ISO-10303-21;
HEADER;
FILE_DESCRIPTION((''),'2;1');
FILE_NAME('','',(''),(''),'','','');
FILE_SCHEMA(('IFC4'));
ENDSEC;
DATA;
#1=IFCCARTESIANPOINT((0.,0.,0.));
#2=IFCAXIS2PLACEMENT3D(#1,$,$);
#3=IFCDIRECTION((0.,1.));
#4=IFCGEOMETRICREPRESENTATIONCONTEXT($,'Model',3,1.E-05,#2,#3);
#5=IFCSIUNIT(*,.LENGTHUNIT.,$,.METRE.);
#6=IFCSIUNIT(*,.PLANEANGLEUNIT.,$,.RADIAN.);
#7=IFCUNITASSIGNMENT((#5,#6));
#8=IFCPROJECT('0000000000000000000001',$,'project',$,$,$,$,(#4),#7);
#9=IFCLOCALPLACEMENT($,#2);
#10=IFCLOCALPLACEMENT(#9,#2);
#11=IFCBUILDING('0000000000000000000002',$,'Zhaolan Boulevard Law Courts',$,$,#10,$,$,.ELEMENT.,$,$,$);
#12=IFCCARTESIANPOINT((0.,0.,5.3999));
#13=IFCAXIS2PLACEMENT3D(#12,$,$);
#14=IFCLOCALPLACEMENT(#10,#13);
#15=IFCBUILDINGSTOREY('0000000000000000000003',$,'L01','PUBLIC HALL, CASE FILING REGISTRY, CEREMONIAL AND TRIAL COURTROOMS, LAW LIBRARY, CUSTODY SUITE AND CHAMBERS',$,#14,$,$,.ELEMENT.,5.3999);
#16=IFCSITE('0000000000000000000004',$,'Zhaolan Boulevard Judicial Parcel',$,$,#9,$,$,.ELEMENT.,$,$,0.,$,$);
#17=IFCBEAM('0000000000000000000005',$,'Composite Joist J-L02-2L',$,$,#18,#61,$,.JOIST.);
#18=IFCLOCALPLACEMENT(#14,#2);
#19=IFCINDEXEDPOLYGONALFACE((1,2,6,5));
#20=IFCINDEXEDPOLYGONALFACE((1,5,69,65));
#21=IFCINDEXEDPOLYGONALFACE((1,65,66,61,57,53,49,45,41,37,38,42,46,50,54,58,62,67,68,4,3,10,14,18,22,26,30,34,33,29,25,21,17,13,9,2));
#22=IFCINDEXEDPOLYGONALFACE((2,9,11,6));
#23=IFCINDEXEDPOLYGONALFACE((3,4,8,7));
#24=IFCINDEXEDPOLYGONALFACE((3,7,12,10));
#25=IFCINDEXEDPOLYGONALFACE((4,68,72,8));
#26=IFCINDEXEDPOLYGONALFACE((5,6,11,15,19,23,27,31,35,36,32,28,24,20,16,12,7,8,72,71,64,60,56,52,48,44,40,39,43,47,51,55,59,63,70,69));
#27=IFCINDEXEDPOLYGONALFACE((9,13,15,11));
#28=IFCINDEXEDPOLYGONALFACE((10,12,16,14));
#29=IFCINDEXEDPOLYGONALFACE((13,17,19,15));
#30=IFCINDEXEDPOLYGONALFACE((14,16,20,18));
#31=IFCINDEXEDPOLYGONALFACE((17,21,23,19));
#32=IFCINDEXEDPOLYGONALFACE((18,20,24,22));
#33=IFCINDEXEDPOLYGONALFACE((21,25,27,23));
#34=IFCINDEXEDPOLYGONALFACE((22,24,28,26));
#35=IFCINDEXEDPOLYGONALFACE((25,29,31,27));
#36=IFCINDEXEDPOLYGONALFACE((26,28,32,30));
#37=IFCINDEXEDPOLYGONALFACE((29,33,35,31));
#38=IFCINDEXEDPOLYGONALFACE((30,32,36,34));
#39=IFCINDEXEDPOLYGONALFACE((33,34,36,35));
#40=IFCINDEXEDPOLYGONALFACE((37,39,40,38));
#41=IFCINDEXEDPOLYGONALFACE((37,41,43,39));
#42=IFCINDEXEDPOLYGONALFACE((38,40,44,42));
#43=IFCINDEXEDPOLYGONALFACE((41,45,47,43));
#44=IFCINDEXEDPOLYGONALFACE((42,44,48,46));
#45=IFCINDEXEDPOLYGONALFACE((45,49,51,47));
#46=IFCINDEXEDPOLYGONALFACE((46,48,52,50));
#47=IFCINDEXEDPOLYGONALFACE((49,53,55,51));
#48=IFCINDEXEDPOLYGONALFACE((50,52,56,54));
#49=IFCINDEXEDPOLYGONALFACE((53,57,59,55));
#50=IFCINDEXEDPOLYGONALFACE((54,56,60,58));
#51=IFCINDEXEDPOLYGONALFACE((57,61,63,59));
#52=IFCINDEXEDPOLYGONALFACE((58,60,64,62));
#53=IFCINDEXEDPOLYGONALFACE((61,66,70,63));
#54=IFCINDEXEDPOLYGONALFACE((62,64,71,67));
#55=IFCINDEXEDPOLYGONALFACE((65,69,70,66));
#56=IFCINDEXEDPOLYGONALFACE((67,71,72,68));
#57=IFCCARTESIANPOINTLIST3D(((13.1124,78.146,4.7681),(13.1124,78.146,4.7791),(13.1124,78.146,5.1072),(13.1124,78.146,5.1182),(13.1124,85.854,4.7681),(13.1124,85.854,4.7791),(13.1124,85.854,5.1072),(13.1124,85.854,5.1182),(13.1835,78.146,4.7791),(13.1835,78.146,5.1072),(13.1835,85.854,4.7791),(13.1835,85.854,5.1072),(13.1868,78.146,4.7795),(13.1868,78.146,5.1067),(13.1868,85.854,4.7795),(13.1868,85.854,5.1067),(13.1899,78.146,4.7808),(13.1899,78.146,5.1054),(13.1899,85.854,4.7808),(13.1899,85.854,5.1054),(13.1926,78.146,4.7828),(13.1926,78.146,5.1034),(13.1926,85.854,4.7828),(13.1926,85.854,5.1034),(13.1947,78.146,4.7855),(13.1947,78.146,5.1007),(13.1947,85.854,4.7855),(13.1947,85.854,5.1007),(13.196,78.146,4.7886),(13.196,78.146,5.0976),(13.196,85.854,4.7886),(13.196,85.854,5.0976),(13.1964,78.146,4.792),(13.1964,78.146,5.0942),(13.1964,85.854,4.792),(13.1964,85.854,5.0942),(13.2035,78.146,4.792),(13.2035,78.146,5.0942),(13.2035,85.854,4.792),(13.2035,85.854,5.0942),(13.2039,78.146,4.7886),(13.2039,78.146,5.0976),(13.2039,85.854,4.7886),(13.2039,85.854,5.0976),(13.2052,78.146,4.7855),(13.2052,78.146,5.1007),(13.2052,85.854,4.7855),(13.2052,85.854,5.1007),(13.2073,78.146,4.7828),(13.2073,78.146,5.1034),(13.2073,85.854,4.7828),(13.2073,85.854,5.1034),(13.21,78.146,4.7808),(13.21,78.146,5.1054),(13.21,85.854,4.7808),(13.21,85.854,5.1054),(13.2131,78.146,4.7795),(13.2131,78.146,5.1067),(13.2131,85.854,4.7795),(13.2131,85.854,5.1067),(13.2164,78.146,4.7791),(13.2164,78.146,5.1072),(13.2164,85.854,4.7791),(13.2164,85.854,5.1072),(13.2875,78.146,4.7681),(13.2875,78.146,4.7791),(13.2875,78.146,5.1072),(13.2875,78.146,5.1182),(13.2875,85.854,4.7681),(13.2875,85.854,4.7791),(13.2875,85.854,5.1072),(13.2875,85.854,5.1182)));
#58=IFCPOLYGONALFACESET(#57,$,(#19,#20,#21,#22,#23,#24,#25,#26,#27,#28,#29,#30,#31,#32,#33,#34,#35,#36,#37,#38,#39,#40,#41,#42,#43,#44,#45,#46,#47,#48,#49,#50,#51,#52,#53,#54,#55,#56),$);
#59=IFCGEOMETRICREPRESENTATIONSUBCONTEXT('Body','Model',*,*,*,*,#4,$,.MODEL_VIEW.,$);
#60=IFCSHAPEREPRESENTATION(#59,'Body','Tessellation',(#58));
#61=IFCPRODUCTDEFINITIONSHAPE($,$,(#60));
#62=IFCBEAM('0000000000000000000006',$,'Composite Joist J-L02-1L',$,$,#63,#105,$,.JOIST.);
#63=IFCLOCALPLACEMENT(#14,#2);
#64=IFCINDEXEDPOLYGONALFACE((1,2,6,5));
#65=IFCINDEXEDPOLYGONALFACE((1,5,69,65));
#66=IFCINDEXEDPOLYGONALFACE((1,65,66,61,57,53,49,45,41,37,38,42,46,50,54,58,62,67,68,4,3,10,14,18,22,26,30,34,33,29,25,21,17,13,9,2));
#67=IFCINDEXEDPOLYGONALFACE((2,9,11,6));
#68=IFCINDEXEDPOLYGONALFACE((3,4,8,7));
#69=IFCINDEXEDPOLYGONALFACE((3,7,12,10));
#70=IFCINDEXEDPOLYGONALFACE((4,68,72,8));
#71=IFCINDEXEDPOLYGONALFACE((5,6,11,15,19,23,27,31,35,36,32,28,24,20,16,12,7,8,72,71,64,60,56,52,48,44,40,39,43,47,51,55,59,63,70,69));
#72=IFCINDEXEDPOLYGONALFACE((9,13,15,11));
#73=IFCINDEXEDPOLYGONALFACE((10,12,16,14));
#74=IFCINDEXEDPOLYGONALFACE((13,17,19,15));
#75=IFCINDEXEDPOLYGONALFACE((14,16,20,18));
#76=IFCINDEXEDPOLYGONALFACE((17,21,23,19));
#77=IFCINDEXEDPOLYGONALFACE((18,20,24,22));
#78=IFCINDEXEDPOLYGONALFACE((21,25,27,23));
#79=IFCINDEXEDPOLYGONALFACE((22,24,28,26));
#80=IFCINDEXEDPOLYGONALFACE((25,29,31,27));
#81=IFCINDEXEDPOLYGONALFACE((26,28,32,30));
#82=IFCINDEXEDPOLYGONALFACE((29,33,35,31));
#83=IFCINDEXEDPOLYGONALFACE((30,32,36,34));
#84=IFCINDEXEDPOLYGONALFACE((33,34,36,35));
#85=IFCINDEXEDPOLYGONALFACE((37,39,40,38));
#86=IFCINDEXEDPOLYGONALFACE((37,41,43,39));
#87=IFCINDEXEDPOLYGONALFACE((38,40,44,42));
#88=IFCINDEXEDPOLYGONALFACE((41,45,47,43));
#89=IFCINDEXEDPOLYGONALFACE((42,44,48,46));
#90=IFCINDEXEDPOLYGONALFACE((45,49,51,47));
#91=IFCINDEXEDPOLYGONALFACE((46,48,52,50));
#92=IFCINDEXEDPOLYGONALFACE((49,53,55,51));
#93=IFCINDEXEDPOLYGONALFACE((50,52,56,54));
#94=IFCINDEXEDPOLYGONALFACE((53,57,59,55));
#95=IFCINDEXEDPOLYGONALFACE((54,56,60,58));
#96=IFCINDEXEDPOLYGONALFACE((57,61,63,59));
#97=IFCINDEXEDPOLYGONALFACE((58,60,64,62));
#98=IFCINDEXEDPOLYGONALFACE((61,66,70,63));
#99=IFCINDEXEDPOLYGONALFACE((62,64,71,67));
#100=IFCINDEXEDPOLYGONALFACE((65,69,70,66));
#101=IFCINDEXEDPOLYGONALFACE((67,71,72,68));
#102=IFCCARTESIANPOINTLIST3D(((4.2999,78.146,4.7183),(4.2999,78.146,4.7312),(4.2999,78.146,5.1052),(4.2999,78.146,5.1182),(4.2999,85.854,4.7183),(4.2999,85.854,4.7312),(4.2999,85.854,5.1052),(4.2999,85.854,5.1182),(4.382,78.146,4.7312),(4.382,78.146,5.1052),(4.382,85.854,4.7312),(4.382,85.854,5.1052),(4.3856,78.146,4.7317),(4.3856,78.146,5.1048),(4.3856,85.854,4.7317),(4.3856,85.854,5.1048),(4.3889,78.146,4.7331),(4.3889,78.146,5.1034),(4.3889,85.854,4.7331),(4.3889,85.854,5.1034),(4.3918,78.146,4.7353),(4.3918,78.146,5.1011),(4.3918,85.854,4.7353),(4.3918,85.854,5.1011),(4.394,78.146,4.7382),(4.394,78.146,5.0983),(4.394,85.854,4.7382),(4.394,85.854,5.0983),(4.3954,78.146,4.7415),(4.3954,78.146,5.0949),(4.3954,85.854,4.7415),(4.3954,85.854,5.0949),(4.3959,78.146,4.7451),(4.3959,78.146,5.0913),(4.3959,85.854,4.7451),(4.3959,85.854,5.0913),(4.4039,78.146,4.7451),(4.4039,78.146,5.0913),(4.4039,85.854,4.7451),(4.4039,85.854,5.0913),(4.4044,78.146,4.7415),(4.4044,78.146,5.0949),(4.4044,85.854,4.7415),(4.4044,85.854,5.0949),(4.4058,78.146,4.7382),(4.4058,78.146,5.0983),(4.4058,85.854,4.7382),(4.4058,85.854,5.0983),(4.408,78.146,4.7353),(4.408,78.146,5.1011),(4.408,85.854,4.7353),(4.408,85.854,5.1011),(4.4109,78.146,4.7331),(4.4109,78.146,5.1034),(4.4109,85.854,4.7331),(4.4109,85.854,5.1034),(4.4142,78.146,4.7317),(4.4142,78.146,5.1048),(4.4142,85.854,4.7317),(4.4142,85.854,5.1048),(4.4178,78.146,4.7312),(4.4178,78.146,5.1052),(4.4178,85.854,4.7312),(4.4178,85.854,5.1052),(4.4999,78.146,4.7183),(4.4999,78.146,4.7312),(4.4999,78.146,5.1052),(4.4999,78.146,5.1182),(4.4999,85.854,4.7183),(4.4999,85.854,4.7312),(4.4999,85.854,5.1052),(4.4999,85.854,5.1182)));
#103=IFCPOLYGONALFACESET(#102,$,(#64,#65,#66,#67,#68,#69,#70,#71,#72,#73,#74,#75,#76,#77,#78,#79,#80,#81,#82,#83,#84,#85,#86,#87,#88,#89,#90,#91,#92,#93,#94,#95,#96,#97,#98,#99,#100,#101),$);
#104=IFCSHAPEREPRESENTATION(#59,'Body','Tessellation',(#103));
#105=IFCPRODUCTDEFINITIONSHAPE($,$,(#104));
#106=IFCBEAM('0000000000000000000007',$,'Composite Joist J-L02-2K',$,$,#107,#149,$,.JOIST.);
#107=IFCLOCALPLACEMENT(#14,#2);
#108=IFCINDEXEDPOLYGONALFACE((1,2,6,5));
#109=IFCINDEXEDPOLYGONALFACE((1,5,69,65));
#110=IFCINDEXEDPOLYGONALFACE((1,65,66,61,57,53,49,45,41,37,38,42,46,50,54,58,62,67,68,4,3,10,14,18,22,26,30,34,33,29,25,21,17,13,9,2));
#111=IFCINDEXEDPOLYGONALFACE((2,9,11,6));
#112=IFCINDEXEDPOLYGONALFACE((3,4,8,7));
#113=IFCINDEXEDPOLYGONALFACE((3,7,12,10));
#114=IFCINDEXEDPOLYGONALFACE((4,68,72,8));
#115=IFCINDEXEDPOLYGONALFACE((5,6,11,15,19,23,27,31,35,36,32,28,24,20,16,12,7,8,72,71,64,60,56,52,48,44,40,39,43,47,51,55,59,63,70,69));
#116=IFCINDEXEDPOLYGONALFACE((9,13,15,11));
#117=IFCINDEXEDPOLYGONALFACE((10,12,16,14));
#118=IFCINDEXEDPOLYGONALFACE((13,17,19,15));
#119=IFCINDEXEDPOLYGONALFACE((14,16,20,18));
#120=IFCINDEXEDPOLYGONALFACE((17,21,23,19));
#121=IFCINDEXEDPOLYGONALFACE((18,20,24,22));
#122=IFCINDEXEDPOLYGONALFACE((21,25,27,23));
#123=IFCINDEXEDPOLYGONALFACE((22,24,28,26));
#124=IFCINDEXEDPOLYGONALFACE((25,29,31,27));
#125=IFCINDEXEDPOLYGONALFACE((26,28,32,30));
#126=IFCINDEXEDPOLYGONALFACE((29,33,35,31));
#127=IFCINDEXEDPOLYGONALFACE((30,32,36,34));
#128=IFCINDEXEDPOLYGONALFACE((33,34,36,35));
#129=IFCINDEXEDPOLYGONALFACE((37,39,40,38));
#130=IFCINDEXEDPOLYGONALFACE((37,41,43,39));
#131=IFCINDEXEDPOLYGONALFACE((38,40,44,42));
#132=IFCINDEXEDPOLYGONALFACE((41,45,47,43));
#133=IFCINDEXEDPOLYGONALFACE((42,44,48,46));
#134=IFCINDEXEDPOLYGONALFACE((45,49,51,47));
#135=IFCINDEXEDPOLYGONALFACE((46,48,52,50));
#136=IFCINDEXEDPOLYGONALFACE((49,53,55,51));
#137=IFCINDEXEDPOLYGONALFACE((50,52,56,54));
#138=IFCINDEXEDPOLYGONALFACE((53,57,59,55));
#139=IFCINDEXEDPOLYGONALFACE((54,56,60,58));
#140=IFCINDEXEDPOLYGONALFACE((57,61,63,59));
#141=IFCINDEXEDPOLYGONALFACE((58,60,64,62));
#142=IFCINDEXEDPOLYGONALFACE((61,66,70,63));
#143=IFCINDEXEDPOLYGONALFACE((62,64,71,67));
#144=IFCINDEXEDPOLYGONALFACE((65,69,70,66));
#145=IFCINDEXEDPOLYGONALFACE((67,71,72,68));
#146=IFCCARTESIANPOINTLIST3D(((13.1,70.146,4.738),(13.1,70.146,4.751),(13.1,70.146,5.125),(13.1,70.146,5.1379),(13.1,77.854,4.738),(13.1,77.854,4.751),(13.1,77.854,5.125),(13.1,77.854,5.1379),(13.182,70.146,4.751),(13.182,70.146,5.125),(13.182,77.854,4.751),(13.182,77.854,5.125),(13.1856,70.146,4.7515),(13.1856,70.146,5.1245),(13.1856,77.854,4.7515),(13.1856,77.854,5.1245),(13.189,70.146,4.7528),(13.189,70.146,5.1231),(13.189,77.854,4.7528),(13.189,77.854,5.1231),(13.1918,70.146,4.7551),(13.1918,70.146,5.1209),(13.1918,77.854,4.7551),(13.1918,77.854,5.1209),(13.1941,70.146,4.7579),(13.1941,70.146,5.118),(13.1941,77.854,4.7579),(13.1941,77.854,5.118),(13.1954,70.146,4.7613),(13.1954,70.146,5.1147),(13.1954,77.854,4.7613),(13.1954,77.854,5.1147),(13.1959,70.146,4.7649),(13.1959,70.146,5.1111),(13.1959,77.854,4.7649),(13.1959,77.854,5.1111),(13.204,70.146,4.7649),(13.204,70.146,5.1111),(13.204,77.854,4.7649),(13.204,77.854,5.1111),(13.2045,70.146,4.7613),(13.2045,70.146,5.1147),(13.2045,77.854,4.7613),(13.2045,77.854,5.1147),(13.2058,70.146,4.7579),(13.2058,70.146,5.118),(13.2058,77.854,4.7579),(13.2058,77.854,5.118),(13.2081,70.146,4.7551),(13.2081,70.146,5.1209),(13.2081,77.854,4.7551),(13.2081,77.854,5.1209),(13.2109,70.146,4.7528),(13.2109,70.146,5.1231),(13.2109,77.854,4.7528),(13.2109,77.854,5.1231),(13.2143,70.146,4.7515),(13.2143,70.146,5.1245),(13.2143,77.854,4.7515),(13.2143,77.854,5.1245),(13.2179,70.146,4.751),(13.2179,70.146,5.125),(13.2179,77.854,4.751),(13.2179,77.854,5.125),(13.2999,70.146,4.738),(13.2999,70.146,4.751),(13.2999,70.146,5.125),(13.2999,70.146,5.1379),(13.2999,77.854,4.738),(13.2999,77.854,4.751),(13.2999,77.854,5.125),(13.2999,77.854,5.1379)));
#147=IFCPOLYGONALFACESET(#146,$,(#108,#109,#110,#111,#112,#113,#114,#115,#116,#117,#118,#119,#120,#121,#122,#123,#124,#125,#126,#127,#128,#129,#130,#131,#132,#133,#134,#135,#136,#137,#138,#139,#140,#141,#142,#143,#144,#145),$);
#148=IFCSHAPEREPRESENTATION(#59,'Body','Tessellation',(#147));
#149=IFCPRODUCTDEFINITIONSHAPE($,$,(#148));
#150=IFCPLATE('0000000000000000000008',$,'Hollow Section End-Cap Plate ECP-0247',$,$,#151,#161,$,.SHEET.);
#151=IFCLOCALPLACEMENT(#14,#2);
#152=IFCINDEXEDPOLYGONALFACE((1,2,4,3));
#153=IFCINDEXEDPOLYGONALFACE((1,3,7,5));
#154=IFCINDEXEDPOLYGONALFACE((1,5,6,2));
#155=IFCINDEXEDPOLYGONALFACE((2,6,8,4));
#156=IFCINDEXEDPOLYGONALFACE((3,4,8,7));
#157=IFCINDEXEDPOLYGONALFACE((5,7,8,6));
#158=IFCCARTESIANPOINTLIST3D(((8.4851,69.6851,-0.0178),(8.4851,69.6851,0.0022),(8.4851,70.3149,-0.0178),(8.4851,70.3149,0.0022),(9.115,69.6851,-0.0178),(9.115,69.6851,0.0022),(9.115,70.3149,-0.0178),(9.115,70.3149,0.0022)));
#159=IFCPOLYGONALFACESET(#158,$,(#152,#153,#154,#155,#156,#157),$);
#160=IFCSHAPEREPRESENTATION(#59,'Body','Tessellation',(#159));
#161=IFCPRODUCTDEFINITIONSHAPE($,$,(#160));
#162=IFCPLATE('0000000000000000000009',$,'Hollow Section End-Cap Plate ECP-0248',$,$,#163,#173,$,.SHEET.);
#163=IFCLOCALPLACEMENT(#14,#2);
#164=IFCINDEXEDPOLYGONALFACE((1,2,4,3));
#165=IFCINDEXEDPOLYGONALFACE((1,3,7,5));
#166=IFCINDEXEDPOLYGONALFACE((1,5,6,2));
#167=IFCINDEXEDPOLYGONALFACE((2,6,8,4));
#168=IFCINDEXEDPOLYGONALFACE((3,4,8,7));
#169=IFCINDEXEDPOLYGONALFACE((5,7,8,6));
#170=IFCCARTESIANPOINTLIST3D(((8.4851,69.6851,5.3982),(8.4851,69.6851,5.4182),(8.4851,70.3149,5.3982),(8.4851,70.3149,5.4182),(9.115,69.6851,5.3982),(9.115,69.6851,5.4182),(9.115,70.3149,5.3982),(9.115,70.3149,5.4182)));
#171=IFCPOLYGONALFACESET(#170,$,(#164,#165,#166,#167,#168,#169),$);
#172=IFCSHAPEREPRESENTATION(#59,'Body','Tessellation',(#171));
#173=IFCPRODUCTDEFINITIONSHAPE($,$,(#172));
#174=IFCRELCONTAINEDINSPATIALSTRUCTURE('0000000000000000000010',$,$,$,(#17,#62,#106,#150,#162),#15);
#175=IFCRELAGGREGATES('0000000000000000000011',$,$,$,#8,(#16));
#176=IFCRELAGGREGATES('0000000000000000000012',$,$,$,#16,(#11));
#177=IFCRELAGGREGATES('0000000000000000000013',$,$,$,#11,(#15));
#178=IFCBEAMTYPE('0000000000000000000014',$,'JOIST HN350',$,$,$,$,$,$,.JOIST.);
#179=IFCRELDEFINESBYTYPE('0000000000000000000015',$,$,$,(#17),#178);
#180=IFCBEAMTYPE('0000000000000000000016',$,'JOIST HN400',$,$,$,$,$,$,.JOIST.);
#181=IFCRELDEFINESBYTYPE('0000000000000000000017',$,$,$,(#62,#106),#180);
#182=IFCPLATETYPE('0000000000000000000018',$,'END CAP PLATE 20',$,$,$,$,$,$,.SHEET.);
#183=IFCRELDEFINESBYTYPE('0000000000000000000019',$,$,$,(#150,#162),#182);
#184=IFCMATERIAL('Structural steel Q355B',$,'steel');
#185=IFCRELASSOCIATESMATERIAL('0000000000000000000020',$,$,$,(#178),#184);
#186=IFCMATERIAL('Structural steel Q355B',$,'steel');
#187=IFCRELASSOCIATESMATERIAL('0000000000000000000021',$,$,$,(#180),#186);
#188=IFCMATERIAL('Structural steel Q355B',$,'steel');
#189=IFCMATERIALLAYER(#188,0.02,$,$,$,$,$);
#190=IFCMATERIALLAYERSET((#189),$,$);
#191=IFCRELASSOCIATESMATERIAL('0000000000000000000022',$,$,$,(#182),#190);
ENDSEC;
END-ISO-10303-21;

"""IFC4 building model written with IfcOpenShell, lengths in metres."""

from ifc_helpers import new_model, si_unit, direction, frame, origin, origin_2d, place, context, subcontext, project, spatial, rectangle, i_section, extrude, material, layer, layer_set, material_profile, profile_set, type_object, element, save


model = new_model("IFC4")

# Units and contexts
model_context = context("Model", 3, precision=1e-05, world=origin(), true_north=direction((0.0, 1.0)))
body_context = subcontext(model_context, "Body", "Model", "MODEL_VIEW")
ifc_project = project(units=[si_unit("LENGTHUNIT", "METRE"), si_unit("PLANEANGLEUNIT", "RADIAN")], contexts=[model_context])

# Site, building, storey
site_placement = place(None, origin())
site = spatial("IfcSite", under=ifc_project, at=site_placement, Name="Zhaolan Boulevard Judicial Parcel", CompositionType="ELEMENT", RefElevation=0.0)
building_placement = place(site_placement, origin())
building = spatial("IfcBuilding", under=site, at=building_placement, Name="Zhaolan Boulevard Law Courts", CompositionType="ELEMENT")
storey_placement = place(building_placement, frame((0.0, 0.0, 5.3999)))
storey = spatial("IfcBuildingStorey", under=building, at=storey_placement, Name="L01", Description="PUBLIC HALL, CASE FILING REGISTRY, CEREMONIAL AND TRIAL COURTROOMS, LAW LIBRARY, CUSTODY SUITE AND CHAMBERS", CompositionType="ELEMENT", Elevation=5.3999)

# Beams
ifc_material_1 = material(Name="Structural steel Q355B", Category="steel")
ifc_material_profile_1 = material_profile(ifc_material_1, i_section(OverallWidth=0.175, OverallDepth=0.3501, WebThickness=0.0071, FlangeThickness=0.011, FilletRadius=0.0129, at=origin_2d()), Name="HN350x175")
ifc_profile_set_1 = profile_set([ifc_material_profile_1], Name="Structural steel Q355B")
beam_type_1 = type_object("IfcBeamType", Name="JOIST HN350", PredefinedType="JOIST", material=ifc_profile_set_1)
beam_1_placement = place(storey_placement, frame((13.2, 78.146, 4.9431), z_axis=(0.0, 1.0, 0.0), x_axis=(-1.0, 0.0, 0.0)))
element("IfcBeam", 1, at=beam_1_placement, inside=storey, type_object=beam_type_1, Name="Composite Joist J-L02-2L", PredefinedType="JOIST", context=body_context, shape_type="SweptSolid", body=[
    extrude(i_section(OverallWidth=0.175, OverallDepth=0.3501, WebThickness=0.0071, FlangeThickness=0.011, FilletRadius=0.0129, at=origin_2d()), origin(), (0.0, 0.0, 1.0), 7.708),
])
ifc_material_2 = material(Name="Structural steel Q355B", Category="steel")
ifc_material_profile_2 = material_profile(ifc_material_2, i_section(OverallWidth=0.2, OverallDepth=0.3999, WebThickness=0.0081, FlangeThickness=0.0129, FilletRadius=0.0139, at=origin_2d()), Name="HN400x200")
ifc_profile_set_2 = profile_set([ifc_material_profile_2], Name="Structural steel Q355B")
beam_type_2 = type_object("IfcBeamType", Name="JOIST HN400", PredefinedType="JOIST", material=ifc_profile_set_2)
for number, where, z_axis, x_axis, name in (
    (2, (4.3999, 78.146, 4.9182), (0.0, 1.0, 0.0), (-1.0, 0.0, 0.0), "Composite Joist J-L02-1L"),
    (3, (13.2, 70.146, 4.938), (0.0, 1.0, 0.0), (-1.0, 0.0, 0.0), "Composite Joist J-L02-2K"),
):
    element("IfcBeam", number, at=place(storey_placement, frame(where, z_axis=z_axis, x_axis=x_axis)), inside=storey, type_object=beam_type_2, Name=name, PredefinedType="JOIST", context=body_context, shape_type="SweptSolid", body=[
        extrude(i_section(OverallWidth=0.2, OverallDepth=0.3999, WebThickness=0.0081, FlangeThickness=0.0129, FilletRadius=0.0139, at=origin_2d()), origin(), (0.0, 0.0, 1.0), 7.708),
    ])

# Plates
ifc_material_3 = material(Name="Structural steel Q355B", Category="steel")
ifc_layer_1 = layer(ifc_material_3, 0.02)
ifc_layer_set_1 = layer_set([ifc_layer_1])
plate_type = type_object("IfcPlateType", Name="END CAP PLATE 20", PredefinedType="SHEET", material=ifc_layer_set_1)
for number, where, z_axis, x_axis, name in (
    (4, (8.8, 70.0, -0.0178), (0.0, 0.0, 1.0), (1.0, 0.0, 0.0), "Hollow Section End-Cap Plate ECP-0247"),
    (5, (8.8, 70.0, 5.3982), (0.0, 0.0, 1.0), (1.0, 0.0, 0.0), "Hollow Section End-Cap Plate ECP-0248"),
):
    element("IfcPlate", number, at=place(storey_placement, frame(where, z_axis=z_axis, x_axis=x_axis)), inside=storey, type_object=plate_type, Name=name, PredefinedType="SHEET", context=body_context, shape_type="SweptSolid", body=[
        extrude(rectangle(XDim=0.6299, YDim=0.6299, at=origin_2d()), origin(), (0.0, 0.0, 1.0), 0.02),
    ])

save(model, "model.ifc")
